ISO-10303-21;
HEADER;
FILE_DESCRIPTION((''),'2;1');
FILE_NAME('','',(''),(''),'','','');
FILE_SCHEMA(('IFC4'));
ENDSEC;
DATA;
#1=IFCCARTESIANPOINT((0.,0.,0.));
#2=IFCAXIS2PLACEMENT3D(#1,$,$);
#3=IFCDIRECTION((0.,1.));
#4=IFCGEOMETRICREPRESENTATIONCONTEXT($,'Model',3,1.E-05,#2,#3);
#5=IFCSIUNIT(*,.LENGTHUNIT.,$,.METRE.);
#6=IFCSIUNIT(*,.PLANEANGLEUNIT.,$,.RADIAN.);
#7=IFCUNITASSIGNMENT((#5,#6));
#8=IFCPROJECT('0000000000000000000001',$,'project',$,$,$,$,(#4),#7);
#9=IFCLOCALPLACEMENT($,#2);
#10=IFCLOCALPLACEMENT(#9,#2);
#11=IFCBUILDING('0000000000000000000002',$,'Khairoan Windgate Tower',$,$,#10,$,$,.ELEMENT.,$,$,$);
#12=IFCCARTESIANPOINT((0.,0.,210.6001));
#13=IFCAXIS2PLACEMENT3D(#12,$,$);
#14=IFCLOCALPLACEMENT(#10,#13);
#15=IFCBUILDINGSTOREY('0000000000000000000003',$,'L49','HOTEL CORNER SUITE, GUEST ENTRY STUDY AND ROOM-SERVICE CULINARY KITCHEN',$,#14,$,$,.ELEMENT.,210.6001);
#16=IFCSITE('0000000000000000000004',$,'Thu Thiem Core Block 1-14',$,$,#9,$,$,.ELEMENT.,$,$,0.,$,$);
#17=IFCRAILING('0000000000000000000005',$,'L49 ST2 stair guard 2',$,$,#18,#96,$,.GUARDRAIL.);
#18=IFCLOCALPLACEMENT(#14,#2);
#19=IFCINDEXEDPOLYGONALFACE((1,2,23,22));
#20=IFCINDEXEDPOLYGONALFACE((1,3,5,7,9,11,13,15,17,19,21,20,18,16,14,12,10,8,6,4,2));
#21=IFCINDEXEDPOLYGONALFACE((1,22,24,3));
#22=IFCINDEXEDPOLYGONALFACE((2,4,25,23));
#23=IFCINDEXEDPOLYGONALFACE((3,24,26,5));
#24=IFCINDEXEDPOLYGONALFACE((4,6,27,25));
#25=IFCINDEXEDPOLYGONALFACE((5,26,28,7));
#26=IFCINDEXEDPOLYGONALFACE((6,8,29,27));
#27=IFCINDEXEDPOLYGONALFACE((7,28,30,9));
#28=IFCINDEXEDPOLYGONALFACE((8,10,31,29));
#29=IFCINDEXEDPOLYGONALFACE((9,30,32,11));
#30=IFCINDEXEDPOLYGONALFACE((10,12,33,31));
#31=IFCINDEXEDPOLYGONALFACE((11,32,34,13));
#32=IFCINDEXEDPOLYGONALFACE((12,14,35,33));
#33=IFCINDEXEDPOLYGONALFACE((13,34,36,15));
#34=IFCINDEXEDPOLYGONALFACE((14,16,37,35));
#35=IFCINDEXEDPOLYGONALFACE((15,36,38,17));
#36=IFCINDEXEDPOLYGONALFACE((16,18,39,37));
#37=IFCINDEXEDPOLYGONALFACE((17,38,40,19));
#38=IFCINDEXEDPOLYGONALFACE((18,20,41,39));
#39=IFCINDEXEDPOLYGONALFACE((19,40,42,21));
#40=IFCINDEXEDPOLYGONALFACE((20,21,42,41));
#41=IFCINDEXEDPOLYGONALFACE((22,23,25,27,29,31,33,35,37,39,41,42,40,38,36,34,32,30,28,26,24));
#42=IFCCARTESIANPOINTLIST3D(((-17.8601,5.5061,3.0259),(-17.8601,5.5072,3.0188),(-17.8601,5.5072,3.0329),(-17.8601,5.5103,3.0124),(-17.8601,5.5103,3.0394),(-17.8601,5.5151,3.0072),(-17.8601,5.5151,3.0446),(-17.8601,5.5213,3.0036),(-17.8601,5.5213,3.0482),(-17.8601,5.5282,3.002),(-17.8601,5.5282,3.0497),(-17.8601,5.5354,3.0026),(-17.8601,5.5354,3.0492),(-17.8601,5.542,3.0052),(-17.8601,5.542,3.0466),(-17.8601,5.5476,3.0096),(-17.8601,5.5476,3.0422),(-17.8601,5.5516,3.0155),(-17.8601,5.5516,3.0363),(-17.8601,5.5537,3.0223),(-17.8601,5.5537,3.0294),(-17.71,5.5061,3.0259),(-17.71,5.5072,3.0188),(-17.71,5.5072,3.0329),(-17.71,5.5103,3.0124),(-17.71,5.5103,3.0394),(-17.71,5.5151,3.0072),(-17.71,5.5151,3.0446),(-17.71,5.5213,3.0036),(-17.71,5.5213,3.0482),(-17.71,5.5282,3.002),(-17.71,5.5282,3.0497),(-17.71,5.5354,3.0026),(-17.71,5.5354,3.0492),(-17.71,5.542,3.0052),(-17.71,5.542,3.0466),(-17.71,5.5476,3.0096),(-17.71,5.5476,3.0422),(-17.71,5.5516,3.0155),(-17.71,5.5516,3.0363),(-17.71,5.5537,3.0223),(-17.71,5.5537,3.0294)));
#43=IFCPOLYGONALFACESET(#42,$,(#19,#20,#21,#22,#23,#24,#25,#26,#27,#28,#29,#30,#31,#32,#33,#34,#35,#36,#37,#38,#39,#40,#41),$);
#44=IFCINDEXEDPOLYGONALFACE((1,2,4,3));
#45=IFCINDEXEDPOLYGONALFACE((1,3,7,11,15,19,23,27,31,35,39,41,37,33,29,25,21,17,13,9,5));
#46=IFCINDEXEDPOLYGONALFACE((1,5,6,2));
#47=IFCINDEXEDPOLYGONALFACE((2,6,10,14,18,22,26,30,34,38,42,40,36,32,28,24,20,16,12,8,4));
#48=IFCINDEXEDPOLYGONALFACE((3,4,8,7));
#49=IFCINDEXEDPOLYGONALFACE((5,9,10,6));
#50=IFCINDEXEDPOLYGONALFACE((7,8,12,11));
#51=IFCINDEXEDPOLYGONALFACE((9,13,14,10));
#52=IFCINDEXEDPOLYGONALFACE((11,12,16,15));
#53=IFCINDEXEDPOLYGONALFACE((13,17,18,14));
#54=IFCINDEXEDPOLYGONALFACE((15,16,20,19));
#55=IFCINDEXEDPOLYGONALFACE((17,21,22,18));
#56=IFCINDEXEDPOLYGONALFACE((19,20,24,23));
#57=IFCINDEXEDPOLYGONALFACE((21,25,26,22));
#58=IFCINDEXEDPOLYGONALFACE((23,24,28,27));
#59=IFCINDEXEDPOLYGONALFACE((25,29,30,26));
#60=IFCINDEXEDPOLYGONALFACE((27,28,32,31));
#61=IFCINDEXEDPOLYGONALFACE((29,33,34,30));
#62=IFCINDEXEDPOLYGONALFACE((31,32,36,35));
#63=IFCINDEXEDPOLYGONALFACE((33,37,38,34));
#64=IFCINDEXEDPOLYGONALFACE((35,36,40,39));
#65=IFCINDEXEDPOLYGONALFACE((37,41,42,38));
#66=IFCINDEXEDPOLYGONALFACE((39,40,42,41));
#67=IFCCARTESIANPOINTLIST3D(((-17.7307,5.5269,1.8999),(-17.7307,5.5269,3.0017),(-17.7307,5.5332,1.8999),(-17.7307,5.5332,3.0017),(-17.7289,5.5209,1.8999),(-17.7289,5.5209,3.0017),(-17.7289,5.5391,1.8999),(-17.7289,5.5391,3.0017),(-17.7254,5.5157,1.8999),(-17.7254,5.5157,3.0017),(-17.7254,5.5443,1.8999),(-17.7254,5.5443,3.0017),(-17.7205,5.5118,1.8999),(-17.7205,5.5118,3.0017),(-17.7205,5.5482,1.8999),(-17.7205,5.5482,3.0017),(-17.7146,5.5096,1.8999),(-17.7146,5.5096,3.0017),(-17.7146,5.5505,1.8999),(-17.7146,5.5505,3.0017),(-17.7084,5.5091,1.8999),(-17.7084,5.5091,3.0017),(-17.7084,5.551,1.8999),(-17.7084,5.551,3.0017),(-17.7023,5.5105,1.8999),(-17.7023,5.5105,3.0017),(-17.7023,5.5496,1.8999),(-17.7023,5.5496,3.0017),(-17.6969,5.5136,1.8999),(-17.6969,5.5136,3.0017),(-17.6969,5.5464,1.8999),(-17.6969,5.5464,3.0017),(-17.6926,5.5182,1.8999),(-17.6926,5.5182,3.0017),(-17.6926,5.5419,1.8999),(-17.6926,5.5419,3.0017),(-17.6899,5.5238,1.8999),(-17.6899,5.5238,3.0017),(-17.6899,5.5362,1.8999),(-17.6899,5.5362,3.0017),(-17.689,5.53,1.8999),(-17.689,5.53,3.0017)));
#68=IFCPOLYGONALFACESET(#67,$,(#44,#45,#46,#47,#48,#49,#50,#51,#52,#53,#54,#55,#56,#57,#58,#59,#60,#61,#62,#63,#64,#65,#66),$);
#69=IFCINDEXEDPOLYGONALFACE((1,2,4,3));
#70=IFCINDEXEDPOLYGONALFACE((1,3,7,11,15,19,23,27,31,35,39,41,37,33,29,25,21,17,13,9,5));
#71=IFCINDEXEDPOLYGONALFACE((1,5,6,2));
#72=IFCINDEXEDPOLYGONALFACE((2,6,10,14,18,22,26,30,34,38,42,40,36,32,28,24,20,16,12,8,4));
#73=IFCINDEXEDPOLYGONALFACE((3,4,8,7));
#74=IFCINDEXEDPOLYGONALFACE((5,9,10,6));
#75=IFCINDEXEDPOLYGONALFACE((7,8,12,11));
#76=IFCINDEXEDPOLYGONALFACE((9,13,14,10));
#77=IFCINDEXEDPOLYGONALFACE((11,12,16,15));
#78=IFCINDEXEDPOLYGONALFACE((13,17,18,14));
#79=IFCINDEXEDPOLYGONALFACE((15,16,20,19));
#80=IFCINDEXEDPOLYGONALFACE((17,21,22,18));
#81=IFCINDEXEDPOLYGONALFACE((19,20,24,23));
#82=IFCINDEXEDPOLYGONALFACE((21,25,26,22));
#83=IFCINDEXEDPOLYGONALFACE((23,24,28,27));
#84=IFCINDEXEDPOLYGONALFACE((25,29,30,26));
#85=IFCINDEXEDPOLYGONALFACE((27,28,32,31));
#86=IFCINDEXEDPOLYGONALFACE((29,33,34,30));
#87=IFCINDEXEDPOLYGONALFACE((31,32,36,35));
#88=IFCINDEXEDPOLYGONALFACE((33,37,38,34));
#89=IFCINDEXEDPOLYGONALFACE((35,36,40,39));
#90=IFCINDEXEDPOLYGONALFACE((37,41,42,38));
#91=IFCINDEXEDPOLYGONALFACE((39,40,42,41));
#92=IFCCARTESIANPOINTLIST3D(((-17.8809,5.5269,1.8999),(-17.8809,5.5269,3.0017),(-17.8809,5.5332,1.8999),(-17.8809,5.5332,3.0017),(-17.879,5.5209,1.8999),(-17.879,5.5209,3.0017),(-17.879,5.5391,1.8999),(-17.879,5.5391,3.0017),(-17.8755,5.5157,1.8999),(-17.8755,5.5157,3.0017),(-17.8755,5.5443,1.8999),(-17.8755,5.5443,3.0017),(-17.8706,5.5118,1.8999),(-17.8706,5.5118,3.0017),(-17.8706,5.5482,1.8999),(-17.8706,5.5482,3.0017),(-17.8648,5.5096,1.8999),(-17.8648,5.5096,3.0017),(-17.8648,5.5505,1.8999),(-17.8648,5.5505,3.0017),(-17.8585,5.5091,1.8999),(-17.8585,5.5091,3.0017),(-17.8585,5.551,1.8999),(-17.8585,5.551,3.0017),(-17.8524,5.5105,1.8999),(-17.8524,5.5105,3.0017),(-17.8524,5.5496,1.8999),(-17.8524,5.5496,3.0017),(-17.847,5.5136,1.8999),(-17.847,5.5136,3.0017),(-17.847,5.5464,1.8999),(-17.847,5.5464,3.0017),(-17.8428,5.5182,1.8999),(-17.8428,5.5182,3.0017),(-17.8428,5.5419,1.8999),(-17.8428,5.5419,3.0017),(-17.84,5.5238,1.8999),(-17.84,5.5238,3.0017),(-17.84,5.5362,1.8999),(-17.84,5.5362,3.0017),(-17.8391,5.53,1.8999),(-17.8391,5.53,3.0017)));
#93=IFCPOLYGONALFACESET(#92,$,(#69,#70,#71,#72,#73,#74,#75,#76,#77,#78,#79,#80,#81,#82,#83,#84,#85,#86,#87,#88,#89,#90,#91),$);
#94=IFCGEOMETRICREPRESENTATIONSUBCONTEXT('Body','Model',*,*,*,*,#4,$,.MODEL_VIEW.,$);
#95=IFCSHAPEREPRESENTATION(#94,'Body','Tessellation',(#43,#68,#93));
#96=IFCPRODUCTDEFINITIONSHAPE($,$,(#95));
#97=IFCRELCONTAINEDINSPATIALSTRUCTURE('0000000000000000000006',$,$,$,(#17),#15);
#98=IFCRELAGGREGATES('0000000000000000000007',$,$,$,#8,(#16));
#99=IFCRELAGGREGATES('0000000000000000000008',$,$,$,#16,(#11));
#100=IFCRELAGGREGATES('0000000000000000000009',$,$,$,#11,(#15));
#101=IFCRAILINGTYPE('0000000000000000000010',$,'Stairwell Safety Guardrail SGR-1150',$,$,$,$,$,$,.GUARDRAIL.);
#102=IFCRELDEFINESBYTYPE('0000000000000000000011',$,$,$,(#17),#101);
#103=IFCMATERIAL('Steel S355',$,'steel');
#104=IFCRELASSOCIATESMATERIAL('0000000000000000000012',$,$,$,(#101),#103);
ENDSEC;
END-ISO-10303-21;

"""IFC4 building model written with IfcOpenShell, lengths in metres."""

from ifc_helpers import new_model, si_unit, direction, frame, origin, origin_2d, place, context, subcontext, project, spatial, circle, extrude, material, type_object, element, save


model = new_model("IFC4")

# Units and contexts
model_context = context("Model", 3, precision=1e-05, world=origin(), true_north=direction((0.0, 1.0)))
body_context = subcontext(model_context, "Body", "Model", "MODEL_VIEW")
ifc_project = project(units=[si_unit("LENGTHUNIT", "METRE"), si_unit("PLANEANGLEUNIT", "RADIAN")], contexts=[model_context])

# Site, building, storey
site_placement = place(None, origin())
site = spatial("IfcSite", under=ifc_project, at=site_placement, Name="Thu Thiem Core Block 1-14", CompositionType="ELEMENT", RefElevation=0.0)
building_placement = place(site_placement, origin())
building = spatial("IfcBuilding", under=site, at=building_placement, Name="Khairoan Windgate Tower", CompositionType="ELEMENT")
storey_placement = place(building_placement, frame((0.0, 0.0, 210.6001)))
storey = spatial("IfcBuildingStorey", under=building, at=storey_placement, Name="L49", Description="HOTEL CORNER SUITE, GUEST ENTRY STUDY AND ROOM-SERVICE CULINARY KITCHEN", CompositionType="ELEMENT", Elevation=210.6001)

# Railing
ifc_material_1 = material(Name="Steel S355", Category="steel")
railing_type_1 = type_object("IfcRailingType", Name="Stairwell Safety Guardrail SGR-1150", PredefinedType="GUARDRAIL", material=ifc_material_1)
railing_1_placement = place(storey_placement, frame((-17.71, 5.53, 1.8999)))
element("IfcRailing", 1, at=railing_1_placement, inside=storey, type_object=railing_type_1, Name="L49 ST2 stair guard 2", PredefinedType="GUARDRAIL", context=body_context, shape_type="SweptSolid", body=[
    extrude(circle(Radius=0.0239, at=origin_2d()), frame((0.0, 0.0, 1.126), z_axis=(-1.0, 0.0, 0.0), x_axis=(0.0, -1.0, 0.0)), (0.0, 0.0, 1.0), 0.1501),
    extrude(circle(Radius=0.021, at=origin_2d()), origin(), (0.0, 0.0, 1.0), 1.1018),
    extrude(circle(Radius=0.021, at=origin_2d()), frame((-0.1501, 0.0, 0.0)), (0.0, 0.0, 1.0), 1.1018),
])

save(model, "model.ifc")
